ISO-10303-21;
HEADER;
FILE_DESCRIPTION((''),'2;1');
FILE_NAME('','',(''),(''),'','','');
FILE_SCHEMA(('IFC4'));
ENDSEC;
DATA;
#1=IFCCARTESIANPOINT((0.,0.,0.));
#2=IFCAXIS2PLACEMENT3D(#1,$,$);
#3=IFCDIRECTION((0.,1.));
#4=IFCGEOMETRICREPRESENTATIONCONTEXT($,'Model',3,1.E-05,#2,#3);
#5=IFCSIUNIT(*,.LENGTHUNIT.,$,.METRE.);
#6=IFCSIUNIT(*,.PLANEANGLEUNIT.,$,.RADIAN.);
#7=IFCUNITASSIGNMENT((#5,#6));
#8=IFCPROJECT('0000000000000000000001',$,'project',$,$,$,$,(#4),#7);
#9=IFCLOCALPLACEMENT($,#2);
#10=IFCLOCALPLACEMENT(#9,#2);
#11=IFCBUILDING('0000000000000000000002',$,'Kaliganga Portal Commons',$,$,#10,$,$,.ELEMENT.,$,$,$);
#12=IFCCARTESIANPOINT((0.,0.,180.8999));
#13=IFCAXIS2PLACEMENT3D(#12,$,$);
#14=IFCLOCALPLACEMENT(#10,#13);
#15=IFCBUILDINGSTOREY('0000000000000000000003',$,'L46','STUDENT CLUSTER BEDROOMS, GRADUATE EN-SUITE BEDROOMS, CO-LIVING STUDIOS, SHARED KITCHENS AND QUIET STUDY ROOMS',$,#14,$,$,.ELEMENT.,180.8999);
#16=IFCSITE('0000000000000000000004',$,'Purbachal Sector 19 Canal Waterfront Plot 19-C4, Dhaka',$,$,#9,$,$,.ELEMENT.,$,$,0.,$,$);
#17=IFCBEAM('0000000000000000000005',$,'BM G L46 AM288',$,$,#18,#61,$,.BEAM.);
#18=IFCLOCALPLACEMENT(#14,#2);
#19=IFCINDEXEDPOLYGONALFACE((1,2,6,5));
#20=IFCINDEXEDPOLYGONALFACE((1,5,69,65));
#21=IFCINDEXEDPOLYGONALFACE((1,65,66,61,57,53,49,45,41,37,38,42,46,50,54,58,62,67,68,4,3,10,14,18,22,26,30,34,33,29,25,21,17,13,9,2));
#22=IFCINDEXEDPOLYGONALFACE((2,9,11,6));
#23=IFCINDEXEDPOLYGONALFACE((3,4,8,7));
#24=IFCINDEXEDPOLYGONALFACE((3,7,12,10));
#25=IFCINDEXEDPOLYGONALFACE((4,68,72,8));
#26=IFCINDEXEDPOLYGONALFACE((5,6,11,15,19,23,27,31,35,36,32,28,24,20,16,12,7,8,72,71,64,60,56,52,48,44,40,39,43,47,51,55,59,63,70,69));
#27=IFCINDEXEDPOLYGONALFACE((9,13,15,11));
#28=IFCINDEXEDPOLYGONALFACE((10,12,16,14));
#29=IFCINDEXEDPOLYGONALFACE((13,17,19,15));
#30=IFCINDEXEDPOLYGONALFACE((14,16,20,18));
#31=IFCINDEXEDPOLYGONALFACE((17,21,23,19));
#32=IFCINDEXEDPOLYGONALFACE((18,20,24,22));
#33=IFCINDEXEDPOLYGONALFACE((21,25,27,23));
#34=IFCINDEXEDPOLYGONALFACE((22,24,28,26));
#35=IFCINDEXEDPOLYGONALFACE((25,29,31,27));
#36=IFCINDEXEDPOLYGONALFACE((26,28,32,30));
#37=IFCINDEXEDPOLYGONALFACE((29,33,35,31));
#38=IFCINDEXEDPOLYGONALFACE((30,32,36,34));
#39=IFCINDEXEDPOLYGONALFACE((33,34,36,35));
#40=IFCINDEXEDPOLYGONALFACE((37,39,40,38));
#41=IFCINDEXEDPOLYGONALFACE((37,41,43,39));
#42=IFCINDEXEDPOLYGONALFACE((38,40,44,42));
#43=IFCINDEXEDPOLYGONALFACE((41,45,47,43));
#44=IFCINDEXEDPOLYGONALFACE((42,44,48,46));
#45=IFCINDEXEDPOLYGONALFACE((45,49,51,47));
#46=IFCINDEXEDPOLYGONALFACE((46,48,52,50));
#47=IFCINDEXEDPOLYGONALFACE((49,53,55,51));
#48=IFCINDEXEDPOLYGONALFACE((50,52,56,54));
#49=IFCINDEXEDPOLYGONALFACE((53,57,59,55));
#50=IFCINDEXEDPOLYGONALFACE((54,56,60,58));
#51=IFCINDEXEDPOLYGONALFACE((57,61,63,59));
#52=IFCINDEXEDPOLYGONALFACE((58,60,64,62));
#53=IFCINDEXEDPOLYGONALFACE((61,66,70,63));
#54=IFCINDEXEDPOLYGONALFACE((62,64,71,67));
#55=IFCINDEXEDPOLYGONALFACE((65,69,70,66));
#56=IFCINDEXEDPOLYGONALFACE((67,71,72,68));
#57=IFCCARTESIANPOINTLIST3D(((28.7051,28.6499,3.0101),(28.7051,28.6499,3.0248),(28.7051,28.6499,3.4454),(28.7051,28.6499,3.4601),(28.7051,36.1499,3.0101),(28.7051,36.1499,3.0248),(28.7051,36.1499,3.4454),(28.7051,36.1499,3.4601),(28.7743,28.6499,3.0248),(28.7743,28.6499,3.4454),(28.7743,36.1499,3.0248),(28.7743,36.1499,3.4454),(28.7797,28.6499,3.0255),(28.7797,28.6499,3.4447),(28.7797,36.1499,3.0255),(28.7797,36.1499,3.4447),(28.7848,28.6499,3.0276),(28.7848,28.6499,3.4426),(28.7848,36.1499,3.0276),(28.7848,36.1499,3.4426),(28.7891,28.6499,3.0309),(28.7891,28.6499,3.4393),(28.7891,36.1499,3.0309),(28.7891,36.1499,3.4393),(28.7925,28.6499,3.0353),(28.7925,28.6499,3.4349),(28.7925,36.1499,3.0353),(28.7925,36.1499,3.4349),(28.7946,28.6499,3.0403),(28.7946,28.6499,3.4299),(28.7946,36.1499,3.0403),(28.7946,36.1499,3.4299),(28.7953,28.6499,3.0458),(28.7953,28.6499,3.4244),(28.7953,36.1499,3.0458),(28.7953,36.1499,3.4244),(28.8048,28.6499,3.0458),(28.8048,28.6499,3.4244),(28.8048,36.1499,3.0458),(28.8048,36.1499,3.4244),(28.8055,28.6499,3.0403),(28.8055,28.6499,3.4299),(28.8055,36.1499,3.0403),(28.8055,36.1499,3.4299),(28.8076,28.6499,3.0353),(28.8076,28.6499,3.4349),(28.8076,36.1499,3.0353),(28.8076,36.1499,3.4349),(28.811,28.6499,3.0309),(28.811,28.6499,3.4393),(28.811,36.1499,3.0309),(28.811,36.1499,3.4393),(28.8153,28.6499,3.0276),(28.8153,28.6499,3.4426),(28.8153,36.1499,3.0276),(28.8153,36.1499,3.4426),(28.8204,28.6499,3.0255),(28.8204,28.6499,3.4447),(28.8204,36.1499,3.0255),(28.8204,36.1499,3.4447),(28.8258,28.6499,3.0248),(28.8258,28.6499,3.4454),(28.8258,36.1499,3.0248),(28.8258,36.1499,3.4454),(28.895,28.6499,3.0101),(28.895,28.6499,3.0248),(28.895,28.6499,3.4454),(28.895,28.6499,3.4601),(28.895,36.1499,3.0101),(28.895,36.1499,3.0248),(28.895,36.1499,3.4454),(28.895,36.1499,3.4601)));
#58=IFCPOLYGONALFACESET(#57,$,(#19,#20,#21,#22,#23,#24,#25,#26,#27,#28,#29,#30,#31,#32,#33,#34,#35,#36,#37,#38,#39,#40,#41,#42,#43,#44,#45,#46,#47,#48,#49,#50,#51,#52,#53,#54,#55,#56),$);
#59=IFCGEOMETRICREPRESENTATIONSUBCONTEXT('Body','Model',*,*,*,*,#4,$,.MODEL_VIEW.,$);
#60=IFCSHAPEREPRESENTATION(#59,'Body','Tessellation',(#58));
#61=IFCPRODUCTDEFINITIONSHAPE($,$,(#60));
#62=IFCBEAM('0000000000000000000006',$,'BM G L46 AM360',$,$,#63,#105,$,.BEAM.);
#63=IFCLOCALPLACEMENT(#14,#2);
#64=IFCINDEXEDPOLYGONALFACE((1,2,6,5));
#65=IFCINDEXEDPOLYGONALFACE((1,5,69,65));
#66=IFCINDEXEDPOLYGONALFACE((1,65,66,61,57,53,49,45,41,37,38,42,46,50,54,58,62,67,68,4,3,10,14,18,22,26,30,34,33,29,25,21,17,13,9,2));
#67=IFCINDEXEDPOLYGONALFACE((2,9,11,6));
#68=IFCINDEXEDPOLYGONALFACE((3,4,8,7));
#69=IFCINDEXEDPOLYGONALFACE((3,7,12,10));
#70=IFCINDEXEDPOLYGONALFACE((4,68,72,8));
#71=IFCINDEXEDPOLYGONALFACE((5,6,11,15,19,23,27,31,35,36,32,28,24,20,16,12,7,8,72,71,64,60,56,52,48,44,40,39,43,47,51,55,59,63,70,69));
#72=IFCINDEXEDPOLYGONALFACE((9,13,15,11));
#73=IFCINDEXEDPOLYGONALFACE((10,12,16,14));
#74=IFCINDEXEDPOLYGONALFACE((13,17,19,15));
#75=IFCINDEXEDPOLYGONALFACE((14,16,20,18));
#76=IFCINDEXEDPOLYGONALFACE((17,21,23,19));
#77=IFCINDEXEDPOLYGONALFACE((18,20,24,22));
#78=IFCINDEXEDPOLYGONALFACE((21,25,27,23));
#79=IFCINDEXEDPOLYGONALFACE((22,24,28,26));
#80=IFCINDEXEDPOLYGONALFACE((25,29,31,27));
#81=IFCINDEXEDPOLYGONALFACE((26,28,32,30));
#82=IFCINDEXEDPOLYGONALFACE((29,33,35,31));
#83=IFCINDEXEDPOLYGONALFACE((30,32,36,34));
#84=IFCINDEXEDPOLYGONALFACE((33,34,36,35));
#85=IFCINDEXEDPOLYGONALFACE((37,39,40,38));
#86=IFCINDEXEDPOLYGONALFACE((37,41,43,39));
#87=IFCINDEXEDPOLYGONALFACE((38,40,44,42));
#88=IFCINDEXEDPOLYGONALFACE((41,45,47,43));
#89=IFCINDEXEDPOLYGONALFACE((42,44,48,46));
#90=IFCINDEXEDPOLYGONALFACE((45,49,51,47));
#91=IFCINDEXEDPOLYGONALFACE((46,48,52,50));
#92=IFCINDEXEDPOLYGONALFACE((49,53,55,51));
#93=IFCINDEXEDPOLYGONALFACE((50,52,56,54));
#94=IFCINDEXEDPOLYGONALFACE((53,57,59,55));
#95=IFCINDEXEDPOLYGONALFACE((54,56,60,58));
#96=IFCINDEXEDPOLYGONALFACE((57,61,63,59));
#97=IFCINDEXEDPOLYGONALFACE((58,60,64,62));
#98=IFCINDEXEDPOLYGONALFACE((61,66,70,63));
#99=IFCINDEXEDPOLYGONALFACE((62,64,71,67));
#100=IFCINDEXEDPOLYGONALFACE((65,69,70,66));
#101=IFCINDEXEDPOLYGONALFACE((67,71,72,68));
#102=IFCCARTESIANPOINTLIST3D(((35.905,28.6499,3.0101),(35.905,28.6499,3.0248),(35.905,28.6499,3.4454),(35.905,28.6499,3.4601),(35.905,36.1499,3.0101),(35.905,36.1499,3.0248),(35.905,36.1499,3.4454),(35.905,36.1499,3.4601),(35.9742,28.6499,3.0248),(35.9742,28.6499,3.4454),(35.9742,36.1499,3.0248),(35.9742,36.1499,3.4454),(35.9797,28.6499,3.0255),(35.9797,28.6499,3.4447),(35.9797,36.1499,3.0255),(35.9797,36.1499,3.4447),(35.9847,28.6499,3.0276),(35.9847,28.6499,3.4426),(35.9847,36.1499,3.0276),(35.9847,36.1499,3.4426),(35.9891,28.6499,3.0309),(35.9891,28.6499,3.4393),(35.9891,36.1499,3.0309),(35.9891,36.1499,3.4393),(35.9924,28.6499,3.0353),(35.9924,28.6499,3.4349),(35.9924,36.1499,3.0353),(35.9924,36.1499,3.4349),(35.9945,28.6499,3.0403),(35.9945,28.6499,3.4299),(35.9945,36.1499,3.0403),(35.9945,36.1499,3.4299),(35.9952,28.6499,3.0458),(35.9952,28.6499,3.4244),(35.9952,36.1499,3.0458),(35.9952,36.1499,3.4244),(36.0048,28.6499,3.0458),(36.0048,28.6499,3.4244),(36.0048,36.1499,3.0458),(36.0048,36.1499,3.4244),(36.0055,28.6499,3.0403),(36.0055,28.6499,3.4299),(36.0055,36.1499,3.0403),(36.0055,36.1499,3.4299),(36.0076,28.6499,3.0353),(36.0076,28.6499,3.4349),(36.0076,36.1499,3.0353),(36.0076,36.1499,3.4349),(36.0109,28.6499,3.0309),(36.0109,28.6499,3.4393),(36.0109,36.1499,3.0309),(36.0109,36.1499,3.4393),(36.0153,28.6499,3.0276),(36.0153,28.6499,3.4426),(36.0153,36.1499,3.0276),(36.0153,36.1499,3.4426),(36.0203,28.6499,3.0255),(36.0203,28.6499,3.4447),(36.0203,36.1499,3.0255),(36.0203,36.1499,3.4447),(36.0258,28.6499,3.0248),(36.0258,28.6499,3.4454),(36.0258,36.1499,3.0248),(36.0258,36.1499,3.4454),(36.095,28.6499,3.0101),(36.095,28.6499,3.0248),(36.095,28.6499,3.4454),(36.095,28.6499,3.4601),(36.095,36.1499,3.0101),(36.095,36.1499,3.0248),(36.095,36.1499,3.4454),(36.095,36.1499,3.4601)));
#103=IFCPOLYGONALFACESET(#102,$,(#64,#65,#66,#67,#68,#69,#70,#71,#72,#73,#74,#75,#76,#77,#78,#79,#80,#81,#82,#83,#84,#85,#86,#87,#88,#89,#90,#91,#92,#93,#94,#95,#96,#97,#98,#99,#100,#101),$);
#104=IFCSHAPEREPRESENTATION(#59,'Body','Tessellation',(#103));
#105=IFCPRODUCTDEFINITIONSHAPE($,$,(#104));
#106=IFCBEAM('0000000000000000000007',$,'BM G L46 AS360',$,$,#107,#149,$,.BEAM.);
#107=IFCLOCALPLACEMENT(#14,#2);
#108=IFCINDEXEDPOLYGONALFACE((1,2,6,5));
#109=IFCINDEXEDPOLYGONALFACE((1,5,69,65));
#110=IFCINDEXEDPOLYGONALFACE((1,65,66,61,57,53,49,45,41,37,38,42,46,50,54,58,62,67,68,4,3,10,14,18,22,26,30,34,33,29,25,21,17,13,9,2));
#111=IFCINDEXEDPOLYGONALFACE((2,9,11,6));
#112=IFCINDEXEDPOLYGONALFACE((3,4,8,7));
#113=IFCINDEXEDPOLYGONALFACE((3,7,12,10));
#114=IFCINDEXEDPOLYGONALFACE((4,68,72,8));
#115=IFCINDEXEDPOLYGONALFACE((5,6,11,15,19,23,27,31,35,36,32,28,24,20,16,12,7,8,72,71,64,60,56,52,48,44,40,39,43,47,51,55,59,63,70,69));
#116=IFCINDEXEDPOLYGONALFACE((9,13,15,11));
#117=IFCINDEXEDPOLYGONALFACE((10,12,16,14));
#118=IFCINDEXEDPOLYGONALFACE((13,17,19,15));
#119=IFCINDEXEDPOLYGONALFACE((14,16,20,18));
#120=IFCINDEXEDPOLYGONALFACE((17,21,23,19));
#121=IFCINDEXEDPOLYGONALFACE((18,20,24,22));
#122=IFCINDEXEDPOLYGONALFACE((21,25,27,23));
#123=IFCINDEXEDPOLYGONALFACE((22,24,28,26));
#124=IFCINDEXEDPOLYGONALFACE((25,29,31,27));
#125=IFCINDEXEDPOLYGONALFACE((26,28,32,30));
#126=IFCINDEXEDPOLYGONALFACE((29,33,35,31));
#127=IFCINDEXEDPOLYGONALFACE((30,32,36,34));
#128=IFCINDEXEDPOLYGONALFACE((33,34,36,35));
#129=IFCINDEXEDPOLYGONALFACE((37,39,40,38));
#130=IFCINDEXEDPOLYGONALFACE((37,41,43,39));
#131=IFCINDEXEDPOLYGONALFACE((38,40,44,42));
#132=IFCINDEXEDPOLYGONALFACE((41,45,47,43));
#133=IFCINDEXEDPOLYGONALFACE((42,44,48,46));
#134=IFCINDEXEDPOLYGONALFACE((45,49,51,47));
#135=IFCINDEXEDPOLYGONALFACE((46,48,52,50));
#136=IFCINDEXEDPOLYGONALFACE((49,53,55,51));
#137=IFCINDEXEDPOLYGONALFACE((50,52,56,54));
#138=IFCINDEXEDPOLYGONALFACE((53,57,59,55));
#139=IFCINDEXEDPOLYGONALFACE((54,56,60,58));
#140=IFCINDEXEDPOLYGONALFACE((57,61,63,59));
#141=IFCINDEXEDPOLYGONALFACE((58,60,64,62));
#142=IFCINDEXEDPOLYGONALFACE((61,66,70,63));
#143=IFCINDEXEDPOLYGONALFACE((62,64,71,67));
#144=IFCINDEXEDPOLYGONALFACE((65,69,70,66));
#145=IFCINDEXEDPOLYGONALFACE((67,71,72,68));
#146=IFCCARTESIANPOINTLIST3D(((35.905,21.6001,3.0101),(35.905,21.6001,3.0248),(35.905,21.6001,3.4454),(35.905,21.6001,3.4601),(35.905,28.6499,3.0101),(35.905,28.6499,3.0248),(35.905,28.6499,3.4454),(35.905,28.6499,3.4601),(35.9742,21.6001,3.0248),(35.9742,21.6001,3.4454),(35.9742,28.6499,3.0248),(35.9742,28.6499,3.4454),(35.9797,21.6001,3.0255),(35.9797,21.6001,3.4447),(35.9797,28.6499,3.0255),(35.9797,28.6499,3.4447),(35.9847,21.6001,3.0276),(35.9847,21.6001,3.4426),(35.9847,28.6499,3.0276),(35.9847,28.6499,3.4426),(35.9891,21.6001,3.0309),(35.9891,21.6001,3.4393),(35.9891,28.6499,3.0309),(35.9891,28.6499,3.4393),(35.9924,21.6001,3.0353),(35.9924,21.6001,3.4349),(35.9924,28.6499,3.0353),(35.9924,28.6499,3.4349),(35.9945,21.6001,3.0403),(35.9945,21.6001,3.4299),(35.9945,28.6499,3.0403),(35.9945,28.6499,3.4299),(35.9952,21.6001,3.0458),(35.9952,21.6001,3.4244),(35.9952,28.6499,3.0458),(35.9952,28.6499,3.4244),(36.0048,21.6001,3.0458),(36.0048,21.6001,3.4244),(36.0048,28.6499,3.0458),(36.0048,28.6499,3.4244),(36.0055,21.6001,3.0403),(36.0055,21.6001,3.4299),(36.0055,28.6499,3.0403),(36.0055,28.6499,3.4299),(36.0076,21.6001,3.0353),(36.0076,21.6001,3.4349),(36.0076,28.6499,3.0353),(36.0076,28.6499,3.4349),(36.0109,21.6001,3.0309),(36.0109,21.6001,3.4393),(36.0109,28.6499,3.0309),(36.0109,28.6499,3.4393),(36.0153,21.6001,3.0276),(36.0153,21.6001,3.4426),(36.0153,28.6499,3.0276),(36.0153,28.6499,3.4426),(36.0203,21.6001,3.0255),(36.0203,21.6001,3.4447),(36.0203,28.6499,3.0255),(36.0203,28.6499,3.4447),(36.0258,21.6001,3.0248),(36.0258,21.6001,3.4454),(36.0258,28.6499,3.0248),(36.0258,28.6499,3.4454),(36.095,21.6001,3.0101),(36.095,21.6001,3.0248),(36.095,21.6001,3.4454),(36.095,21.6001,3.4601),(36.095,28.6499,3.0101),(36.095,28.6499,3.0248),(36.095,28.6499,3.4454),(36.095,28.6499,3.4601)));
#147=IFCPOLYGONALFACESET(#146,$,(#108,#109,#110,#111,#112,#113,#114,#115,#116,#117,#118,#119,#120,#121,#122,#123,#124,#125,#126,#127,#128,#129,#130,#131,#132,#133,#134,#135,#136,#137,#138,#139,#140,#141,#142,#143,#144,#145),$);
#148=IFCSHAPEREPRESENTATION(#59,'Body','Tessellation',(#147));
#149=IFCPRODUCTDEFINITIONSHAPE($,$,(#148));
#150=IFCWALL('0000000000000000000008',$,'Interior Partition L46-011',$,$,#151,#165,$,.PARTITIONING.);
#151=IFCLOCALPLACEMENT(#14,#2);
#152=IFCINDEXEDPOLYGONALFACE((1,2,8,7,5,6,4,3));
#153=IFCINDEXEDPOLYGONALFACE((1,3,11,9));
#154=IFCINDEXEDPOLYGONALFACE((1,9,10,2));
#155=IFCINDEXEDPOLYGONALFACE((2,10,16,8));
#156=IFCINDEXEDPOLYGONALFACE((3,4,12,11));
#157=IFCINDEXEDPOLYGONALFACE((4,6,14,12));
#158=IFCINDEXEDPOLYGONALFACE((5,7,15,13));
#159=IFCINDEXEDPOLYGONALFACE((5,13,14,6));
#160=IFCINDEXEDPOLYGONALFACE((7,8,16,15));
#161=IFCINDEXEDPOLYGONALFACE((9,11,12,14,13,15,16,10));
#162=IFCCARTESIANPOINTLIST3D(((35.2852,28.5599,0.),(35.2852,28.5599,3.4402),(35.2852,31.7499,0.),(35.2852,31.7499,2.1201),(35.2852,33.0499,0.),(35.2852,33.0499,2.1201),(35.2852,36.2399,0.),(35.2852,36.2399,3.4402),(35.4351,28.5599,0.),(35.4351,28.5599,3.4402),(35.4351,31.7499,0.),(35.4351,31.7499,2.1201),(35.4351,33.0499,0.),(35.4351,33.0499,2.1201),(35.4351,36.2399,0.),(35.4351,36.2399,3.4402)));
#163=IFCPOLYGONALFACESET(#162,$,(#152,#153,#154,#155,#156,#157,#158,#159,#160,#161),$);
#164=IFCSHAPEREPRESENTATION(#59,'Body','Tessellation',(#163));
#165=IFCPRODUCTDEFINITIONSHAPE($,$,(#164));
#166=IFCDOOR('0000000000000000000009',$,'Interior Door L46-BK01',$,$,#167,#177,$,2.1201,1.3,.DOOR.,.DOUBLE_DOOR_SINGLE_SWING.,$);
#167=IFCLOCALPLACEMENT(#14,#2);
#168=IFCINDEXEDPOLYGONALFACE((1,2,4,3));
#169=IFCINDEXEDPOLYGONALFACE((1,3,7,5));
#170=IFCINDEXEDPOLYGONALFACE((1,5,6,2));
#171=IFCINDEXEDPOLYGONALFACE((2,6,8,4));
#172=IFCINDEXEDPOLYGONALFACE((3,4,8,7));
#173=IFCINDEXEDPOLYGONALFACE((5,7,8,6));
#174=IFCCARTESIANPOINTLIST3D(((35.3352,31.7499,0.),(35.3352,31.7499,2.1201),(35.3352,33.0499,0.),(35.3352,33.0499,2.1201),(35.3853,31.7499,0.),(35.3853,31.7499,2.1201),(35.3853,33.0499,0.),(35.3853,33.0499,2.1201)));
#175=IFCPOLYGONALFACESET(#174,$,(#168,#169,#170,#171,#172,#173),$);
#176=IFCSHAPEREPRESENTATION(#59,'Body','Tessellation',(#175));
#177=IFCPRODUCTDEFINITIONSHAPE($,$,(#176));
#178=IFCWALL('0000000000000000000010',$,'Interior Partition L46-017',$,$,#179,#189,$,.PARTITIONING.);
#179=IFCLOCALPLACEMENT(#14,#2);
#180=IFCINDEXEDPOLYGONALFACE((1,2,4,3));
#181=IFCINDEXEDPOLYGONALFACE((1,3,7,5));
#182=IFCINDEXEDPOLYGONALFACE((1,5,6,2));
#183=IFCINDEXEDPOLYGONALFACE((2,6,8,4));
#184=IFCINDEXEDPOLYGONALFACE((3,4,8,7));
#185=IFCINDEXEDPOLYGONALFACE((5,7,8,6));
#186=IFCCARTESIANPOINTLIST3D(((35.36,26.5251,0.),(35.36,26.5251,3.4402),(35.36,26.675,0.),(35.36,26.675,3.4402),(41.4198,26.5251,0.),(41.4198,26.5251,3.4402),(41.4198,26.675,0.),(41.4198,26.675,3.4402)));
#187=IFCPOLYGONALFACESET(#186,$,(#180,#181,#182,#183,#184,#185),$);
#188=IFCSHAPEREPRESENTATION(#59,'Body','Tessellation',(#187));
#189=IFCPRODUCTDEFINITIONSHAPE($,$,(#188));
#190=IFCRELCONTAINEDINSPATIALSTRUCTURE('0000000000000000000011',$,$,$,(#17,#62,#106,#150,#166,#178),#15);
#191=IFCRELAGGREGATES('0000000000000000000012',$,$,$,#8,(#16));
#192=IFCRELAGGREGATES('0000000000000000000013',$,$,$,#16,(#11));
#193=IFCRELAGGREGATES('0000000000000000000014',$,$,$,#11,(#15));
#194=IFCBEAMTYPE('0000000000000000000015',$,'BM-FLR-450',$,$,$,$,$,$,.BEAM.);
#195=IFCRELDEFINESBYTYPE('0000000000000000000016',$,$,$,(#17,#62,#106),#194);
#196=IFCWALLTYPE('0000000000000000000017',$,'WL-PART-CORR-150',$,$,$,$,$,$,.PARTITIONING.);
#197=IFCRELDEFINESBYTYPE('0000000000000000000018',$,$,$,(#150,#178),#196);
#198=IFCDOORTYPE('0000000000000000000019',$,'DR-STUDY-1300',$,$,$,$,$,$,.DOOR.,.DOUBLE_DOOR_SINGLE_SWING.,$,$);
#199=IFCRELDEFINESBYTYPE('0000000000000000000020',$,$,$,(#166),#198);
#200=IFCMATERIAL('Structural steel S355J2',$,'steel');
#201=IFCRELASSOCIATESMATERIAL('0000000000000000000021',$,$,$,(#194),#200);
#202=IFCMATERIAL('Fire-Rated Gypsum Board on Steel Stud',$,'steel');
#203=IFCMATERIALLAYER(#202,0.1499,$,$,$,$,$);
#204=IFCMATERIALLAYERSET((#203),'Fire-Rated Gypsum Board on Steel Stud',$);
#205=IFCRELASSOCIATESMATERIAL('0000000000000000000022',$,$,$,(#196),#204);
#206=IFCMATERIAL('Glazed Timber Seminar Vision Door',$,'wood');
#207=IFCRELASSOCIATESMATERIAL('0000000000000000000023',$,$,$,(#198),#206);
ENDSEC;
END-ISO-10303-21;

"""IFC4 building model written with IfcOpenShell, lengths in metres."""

from ifc_helpers import new_model, si_unit, direction, frame, frame_2d, origin, origin_2d, place, context, subcontext, project, spatial, rectangle, i_section, extrude, source, transform, mapped, material, layer, layer_set, material_profile, profile_set, type_object, element, fill, save


model = new_model("IFC4")

# Units and contexts
model_context = context("Model", 3, precision=1e-05, world=origin(), true_north=direction((0.0, 1.0)))
body_context = subcontext(model_context, "Body", "Model", "MODEL_VIEW")
ifc_project = project(units=[si_unit("LENGTHUNIT", "METRE"), si_unit("PLANEANGLEUNIT", "RADIAN")], contexts=[model_context])

# Site, building, storey
site_placement = place(None, origin())
site = spatial("IfcSite", under=ifc_project, at=site_placement, Name="Purbachal Sector 19 Canal Waterfront Plot 19-C4, Dhaka", CompositionType="ELEMENT", RefElevation=0.0)
building_placement = place(site_placement, origin())
building = spatial("IfcBuilding", under=site, at=building_placement, Name="Kaliganga Portal Commons", CompositionType="ELEMENT")
storey_placement = place(building_placement, frame((0.0, 0.0, 180.8999)))
storey = spatial("IfcBuildingStorey", under=building, at=storey_placement, Name="L46", Description="STUDENT CLUSTER BEDROOMS, GRADUATE EN-SUITE BEDROOMS, CO-LIVING STUDIOS, SHARED KITCHENS AND QUIET STUDY ROOMS", CompositionType="ELEMENT", Elevation=180.8999)

# Beams
ifc_material_1 = material(Name="Structural steel S355J2", Category="steel")
ifc_material_profile_1 = material_profile(ifc_material_1, i_section(OverallWidth=0.1899, OverallDepth=0.45, WebThickness=0.0095, FlangeThickness=0.0146, FilletRadius=0.021, at=origin_2d()), Name="IPE 450")
ifc_profile_set_1 = profile_set([ifc_material_profile_1], Name="Structural steel S355J2 wide-flange")
beam_type_1 = type_object("IfcBeamType", Name="BM-FLR-450", PredefinedType="BEAM", material=ifc_profile_set_1)
shared_shape_1 = source(origin(), body_context, "Body", "SweptSolid", [
    extrude(i_section(OverallWidth=0.1899, OverallDepth=0.45, WebThickness=0.0095, FlangeThickness=0.0146, FilletRadius=0.021, at=origin_2d()), origin(), (0.0, 0.0, 1.0), 7.5),
])
for number, where, z_axis, x_axis, name in (
    (1, (28.8, 28.6499, 3.2351), (0.0, 1.0, 0.0), (-1.0, 0.0, 0.0), "BM G L46 AM288"),
    (2, (36.0, 28.6499, 3.2351), (0.0, 1.0, 0.0), (-1.0, 0.0, 0.0), "BM G L46 AM360"),
):
    element("IfcBeam", number, at=place(storey_placement, frame(where, z_axis=z_axis, x_axis=x_axis)), inside=storey, type_object=beam_type_1, Name=name, PredefinedType="BEAM", context=body_context, shape_type="MappedRepresentation", body=[
        mapped(shared_shape_1, transform((0.0, 0.0, 0.0), x_axis=(1.0, 0.0, 0.0), y_axis=(0.0, 1.0, 0.0), z_axis=(0.0, 0.0, 1.0), scale=1.0)),
    ])
shared_shape_2 = source(origin(), body_context, "Body", "SweptSolid", [
    extrude(i_section(OverallWidth=0.1899, OverallDepth=0.45, WebThickness=0.0095, FlangeThickness=0.0146, FilletRadius=0.021, at=origin_2d()), origin(), (0.0, 0.0, 1.0), 7.0498),
])
beam_1_placement = place(storey_placement, frame((36.0, 21.6001, 3.2351), z_axis=(0.0, 1.0, 0.0), x_axis=(-1.0, 0.0, 0.0)))
element("IfcBeam", 3, at=beam_1_placement, inside=storey, type_object=beam_type_1, Name="BM G L46 AS360", PredefinedType="BEAM", context=body_context, shape_type="MappedRepresentation", body=[
    mapped(shared_shape_2, transform((0.0, 0.0, 0.0), x_axis=(1.0, 0.0, 0.0), y_axis=(0.0, 1.0, 0.0), z_axis=(0.0, 0.0, 1.0), scale=1.0)),
])

# Wall, opening, door
ifc_material_2 = material(Name="Fire-Rated Gypsum Board on Steel Stud", Category="steel")
ifc_layer_1 = layer(ifc_material_2, 0.1499)
ifc_layer_set_1 = layer_set([ifc_layer_1], Name="Fire-Rated Gypsum Board on Steel Stud")
wall_type_1 = type_object("IfcWallType", Name="WL-PART-CORR-150", PredefinedType="PARTITIONING", material=ifc_layer_set_1)
wall_1_placement = place(storey_placement, frame((35.3601, 28.5601, 0.0), z_axis=(0.0, 0.0, 1.0), x_axis=(0.0, 1.0, 0.0)))
wall_1 = element("IfcWall", 4, at=wall_1_placement, inside=storey, type_object=wall_type_1, Name="Interior Partition L46-011", PredefinedType="PARTITIONING", context=body_context, shape_type="SweptSolid", body=[
    extrude(rectangle(XDim=7.6799, YDim=0.1499, at=frame_2d((3.8398, 0.0))), origin(), (0.0, 0.0, 1.0), 3.4402),
])
opening_1_placement = place(wall_1_placement, frame((3.1899, 0.0, 0.0)))
opening_1 = element("IfcOpeningElement", 5, at=opening_1_placement, cuts=wall_1, PredefinedType="OPENING", context=body_context, shape_type="SweptSolid", body=[
    extrude(rectangle(XDim=1.3, YDim=2.1201, at=frame_2d((0.6499, 1.0601))), frame((0.0, 0.085, 0.0), z_axis=(0.0, -1.0, 0.0), x_axis=(1.0, 0.0, 0.0)), (0.0, 0.0, 1.0), 0.1699),
])
ifc_material_3 = material(Name="Glazed Timber Seminar Vision Door", Category="wood")
door_type_1 = type_object("IfcDoorType", Name="DR-STUDY-1300", OperationType="DOUBLE_DOOR_SINGLE_SWING", PredefinedType="DOOR", material=ifc_material_3)
door_1_placement = place(opening_1_placement, origin())
door_1 = element("IfcDoor", 6, at=door_1_placement, inside=storey, type_object=door_type_1, Name="Interior Door L46-BK01", OperationType="DOUBLE_DOOR_SINGLE_SWING", OverallHeight=2.1201, OverallWidth=1.3, PredefinedType="DOOR", context=body_context, shape_type="SweptSolid", body=[
    extrude(rectangle(XDim=1.3, YDim=2.1201, at=frame_2d((0.6499, 1.0601))), frame((0.0, 0.0249, 0.0), z_axis=(0.0, -1.0, 0.0), x_axis=(1.0, 0.0, 0.0)), (0.0, 0.0, 1.0), 0.05),
])
fill(opening_1, door_1)

# Wall
wall_2_placement = place(storey_placement, frame((35.3601, 26.6001, 0.0), z_axis=(0.0, 0.0, 1.0), x_axis=(1.0, 0.0, 0.0)))
element("IfcWall", 7, at=wall_2_placement, inside=storey, type_object=wall_type_1, Name="Interior Partition L46-017", PredefinedType="PARTITIONING", context=body_context, shape_type="SweptSolid", body=[
    extrude(rectangle(XDim=6.0598, YDim=0.1499, at=frame_2d((3.0298, 0.0))), origin(), (0.0, 0.0, 1.0), 3.4402),
])

save(model, "model.ifc")
